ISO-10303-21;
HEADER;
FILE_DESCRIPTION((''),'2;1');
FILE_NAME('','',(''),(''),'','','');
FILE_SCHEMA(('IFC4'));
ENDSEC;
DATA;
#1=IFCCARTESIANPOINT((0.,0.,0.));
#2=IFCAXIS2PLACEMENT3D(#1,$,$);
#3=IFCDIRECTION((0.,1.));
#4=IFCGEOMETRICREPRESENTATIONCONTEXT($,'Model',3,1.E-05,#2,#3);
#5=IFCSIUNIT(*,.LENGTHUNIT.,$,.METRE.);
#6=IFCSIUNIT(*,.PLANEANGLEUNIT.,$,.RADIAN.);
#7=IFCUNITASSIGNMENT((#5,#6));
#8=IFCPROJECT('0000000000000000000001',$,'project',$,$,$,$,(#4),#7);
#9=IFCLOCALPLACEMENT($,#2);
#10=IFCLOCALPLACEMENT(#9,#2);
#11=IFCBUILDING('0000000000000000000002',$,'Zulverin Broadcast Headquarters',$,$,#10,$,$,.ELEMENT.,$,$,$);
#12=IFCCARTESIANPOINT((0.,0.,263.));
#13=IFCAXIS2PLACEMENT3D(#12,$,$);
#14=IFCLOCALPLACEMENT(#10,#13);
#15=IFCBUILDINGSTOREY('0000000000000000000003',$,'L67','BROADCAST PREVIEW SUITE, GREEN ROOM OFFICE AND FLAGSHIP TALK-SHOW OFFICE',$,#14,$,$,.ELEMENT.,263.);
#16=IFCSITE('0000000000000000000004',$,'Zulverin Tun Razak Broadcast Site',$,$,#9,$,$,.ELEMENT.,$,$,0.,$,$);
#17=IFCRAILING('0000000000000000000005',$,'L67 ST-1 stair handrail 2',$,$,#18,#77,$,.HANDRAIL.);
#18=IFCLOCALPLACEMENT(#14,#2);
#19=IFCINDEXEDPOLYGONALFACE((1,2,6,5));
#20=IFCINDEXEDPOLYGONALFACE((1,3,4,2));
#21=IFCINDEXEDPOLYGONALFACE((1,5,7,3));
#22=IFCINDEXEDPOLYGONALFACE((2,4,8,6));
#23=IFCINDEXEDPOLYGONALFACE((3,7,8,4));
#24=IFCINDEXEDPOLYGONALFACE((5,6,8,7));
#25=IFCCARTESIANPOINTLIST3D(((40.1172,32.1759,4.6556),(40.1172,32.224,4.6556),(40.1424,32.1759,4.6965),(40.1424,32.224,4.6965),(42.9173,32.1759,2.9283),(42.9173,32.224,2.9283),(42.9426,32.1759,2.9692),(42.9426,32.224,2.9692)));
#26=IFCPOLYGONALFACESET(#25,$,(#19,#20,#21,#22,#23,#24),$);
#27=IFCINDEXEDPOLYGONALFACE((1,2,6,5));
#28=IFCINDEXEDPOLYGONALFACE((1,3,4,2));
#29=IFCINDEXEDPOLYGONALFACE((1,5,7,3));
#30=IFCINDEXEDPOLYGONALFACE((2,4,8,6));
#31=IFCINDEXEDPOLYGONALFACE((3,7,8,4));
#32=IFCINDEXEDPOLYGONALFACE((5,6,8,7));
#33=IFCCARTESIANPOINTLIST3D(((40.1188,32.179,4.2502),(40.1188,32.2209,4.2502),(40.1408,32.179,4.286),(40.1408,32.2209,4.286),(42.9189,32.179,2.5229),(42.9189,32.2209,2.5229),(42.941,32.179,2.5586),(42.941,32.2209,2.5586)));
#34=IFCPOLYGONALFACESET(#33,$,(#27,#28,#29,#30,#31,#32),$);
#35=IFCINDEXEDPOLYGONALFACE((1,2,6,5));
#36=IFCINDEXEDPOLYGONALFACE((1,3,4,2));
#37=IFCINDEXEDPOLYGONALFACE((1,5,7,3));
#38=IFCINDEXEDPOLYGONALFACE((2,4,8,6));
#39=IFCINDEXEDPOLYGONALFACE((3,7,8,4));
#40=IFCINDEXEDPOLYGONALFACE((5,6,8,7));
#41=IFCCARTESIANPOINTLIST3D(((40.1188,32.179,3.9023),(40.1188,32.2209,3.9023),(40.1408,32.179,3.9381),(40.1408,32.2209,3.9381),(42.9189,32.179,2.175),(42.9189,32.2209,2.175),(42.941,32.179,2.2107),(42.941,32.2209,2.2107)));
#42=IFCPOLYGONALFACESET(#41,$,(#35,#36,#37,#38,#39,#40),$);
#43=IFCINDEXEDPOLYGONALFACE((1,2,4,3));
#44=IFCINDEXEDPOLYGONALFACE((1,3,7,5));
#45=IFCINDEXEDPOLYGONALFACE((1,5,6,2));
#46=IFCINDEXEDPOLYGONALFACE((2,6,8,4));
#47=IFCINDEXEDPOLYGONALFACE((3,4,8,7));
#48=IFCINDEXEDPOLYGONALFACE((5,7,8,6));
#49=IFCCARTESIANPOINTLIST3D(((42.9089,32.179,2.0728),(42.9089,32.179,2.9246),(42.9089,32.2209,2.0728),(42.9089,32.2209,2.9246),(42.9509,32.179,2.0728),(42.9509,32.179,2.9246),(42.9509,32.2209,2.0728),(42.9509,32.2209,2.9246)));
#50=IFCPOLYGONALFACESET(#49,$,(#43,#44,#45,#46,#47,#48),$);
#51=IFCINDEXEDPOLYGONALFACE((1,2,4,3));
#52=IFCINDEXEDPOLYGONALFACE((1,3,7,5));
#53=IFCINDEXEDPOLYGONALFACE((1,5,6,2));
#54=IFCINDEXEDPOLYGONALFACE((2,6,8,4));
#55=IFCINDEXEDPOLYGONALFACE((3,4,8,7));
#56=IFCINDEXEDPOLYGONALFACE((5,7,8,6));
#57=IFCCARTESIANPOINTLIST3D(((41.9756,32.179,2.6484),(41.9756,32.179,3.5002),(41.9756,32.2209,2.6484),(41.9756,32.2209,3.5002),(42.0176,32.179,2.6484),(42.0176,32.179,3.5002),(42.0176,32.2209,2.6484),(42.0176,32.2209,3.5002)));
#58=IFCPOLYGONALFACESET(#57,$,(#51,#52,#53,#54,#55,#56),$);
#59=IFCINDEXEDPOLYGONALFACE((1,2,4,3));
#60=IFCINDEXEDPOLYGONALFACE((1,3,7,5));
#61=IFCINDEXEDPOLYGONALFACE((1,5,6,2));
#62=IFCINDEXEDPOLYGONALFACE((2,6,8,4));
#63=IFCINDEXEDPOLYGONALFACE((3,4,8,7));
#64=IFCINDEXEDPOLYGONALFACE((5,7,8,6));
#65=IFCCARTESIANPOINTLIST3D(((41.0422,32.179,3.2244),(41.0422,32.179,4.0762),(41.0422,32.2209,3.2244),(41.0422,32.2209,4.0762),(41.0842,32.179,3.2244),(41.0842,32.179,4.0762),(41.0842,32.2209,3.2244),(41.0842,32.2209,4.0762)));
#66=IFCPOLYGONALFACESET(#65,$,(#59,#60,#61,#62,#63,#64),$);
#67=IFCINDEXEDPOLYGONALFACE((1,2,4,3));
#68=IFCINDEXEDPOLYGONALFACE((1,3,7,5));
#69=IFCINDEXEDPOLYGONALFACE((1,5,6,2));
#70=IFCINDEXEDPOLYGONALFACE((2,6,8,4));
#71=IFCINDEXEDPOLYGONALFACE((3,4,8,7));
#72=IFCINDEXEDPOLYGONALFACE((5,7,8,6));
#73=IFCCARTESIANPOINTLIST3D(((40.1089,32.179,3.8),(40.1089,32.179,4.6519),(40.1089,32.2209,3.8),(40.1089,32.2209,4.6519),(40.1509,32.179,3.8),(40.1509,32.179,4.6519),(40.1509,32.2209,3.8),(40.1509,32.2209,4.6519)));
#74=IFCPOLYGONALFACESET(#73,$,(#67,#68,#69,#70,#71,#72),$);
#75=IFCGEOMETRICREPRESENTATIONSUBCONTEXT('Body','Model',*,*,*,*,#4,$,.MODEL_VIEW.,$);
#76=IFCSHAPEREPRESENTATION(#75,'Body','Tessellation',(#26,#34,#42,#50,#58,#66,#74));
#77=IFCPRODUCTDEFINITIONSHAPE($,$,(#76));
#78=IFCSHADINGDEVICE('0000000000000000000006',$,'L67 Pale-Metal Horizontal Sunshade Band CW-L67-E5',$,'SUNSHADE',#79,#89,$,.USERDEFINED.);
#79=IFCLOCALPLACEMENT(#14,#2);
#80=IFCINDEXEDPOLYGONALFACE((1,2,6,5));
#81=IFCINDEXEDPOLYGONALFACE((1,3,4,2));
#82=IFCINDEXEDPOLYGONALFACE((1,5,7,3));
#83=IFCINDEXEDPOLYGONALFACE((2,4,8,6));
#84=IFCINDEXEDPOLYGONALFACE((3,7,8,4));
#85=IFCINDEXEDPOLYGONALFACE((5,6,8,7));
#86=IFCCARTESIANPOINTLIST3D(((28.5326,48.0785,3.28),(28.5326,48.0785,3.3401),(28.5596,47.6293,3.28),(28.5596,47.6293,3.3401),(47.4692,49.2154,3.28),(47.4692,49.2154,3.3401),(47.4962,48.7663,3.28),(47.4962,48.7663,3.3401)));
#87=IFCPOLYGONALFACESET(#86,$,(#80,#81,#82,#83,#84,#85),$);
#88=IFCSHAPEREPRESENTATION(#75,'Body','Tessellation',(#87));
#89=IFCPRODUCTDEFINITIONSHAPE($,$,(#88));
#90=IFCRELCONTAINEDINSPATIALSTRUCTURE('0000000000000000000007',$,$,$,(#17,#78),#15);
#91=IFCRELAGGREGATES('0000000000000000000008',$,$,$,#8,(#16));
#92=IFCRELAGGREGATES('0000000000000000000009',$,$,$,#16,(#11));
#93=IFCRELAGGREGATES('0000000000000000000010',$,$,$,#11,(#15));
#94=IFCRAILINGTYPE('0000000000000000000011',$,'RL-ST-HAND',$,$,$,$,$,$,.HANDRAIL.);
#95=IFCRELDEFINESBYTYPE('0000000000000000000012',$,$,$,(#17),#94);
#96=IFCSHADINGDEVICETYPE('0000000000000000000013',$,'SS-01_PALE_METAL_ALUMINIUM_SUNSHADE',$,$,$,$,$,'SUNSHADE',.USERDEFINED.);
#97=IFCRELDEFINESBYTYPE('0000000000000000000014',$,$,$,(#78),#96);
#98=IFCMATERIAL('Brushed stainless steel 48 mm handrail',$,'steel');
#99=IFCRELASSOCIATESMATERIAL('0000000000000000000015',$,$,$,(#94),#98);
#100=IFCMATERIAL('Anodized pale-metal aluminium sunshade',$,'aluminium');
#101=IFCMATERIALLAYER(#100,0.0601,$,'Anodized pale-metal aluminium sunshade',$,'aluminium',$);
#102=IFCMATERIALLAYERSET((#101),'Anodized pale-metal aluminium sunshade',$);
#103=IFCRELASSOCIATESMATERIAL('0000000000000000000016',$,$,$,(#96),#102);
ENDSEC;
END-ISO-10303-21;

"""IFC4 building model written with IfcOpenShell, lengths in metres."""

from ifc_helpers import new_model, si_unit, direction, frame, origin, origin_2d, place, context, subcontext, project, spatial, rectangle, extrude, material, layer, layer_set, type_object, element, save


model = new_model("IFC4")

# Units and contexts
model_context = context("Model", 3, precision=1e-05, world=origin(), true_north=direction((0.0, 1.0)))
body_context = subcontext(model_context, "Body", "Model", "MODEL_VIEW")
ifc_project = project(units=[si_unit("LENGTHUNIT", "METRE"), si_unit("PLANEANGLEUNIT", "RADIAN")], contexts=[model_context])

# Site, building, storey
site_placement = place(None, origin())
site = spatial("IfcSite", under=ifc_project, at=site_placement, Name="Zulverin Tun Razak Broadcast Site", CompositionType="ELEMENT", RefElevation=0.0)
building_placement = place(site_placement, origin())
building = spatial("IfcBuilding", under=site, at=building_placement, Name="Zulverin Broadcast Headquarters", CompositionType="ELEMENT")
storey_placement = place(building_placement, frame((0.0, 0.0, 263.0)))
storey = spatial("IfcBuildingStorey", under=building, at=storey_placement, Name="L67", Description="BROADCAST PREVIEW SUITE, GREEN ROOM OFFICE AND FLAGSHIP TALK-SHOW OFFICE", CompositionType="ELEMENT", Elevation=263.0)

# Railing
ifc_material_1 = material(Name="Brushed stainless steel 48 mm handrail", Category="steel")
railing_type_1 = type_object("IfcRailingType", Name="RL-ST-HAND", PredefinedType="HANDRAIL", material=ifc_material_1)
railing_1_placement = place(storey_placement, frame((42.9299, 32.2, 2.0728)))
element("IfcRailing", 1, at=railing_1_placement, inside=storey, type_object=railing_type_1, Name="L67 ST-1 stair handrail 2", PredefinedType="HANDRAIL", context=body_context, shape_type="SweptSolid", body=[
    extrude(rectangle(XDim=0.0481, YDim=0.0481, at=origin_2d()), frame((0.0, 0.0, 0.876), z_axis=(-0.85109, 0.0, 0.52502), x_axis=(0.0, -1.0, 0.0)), (0.0, 0.0, 1.0), 3.29),
    extrude(rectangle(XDim=0.042, YDim=0.042, at=origin_2d()), frame((0.0, 0.0, 0.468), z_axis=(-0.85109, 0.0, 0.52502), x_axis=(0.0, -1.0, 0.0)), (0.0, 0.0, 1.0), 3.29),
    extrude(rectangle(XDim=0.042, YDim=0.042, at=origin_2d()), frame((0.0, 0.0, 0.1201), z_axis=(-0.85109, 0.0, 0.52502), x_axis=(0.0, -1.0, 0.0)), (0.0, 0.0, 1.0), 3.29),
    extrude(rectangle(XDim=0.042, YDim=0.042, at=origin_2d()), origin(), (0.0, 0.0, 1.0), 0.8518),
    extrude(rectangle(XDim=0.042, YDim=0.042, at=origin_2d()), frame((-0.9333, 0.0, 0.5757)), (0.0, 0.0, 1.0), 0.8518),
    extrude(rectangle(XDim=0.042, YDim=0.042, at=origin_2d()), frame((-1.8667, 0.0, 1.1516)), (0.0, 0.0, 1.0), 0.8518),
    extrude(rectangle(XDim=0.042, YDim=0.042, at=origin_2d()), frame((-2.8, 0.0, 1.7273)), (0.0, 0.0, 1.0), 0.8518),
])

# Shading device
ifc_material_2 = material(Name="Anodized pale-metal aluminium sunshade", Category="aluminium")
ifc_layer_1 = layer(ifc_material_2, 0.0601, Name="Anodized pale-metal aluminium sunshade", Category="aluminium")
ifc_layer_set_1 = layer_set([ifc_layer_1], Name="Anodized pale-metal aluminium sunshade")
shading_device_type = type_object("IfcShadingDeviceType", Name="SS-01_PALE_METAL_ALUMINIUM_SUNSHADE", ElementType="SUNSHADE", PredefinedType="USERDEFINED", material=ifc_layer_set_1)
shading_device_placement = place(storey_placement, frame((38.0144, 48.4224, 3.28), z_axis=(0.0, 0.0, 1.0), x_axis=(-0.998203, -0.05993, 0.0)))
element("IfcShadingDevice", 2, at=shading_device_placement, inside=storey, type_object=shading_device_type, Name="L67 Pale-Metal Horizontal Sunshade Band CW-L67-E5", ObjectType="SUNSHADE", PredefinedType="USERDEFINED", context=body_context, shape_type="SweptSolid", body=[
    extrude(rectangle(XDim=18.9707, YDim=0.45, at=origin_2d()), origin(), (0.0, 0.0, 1.0), 0.0601),
])

save(model, "model.ifc")
